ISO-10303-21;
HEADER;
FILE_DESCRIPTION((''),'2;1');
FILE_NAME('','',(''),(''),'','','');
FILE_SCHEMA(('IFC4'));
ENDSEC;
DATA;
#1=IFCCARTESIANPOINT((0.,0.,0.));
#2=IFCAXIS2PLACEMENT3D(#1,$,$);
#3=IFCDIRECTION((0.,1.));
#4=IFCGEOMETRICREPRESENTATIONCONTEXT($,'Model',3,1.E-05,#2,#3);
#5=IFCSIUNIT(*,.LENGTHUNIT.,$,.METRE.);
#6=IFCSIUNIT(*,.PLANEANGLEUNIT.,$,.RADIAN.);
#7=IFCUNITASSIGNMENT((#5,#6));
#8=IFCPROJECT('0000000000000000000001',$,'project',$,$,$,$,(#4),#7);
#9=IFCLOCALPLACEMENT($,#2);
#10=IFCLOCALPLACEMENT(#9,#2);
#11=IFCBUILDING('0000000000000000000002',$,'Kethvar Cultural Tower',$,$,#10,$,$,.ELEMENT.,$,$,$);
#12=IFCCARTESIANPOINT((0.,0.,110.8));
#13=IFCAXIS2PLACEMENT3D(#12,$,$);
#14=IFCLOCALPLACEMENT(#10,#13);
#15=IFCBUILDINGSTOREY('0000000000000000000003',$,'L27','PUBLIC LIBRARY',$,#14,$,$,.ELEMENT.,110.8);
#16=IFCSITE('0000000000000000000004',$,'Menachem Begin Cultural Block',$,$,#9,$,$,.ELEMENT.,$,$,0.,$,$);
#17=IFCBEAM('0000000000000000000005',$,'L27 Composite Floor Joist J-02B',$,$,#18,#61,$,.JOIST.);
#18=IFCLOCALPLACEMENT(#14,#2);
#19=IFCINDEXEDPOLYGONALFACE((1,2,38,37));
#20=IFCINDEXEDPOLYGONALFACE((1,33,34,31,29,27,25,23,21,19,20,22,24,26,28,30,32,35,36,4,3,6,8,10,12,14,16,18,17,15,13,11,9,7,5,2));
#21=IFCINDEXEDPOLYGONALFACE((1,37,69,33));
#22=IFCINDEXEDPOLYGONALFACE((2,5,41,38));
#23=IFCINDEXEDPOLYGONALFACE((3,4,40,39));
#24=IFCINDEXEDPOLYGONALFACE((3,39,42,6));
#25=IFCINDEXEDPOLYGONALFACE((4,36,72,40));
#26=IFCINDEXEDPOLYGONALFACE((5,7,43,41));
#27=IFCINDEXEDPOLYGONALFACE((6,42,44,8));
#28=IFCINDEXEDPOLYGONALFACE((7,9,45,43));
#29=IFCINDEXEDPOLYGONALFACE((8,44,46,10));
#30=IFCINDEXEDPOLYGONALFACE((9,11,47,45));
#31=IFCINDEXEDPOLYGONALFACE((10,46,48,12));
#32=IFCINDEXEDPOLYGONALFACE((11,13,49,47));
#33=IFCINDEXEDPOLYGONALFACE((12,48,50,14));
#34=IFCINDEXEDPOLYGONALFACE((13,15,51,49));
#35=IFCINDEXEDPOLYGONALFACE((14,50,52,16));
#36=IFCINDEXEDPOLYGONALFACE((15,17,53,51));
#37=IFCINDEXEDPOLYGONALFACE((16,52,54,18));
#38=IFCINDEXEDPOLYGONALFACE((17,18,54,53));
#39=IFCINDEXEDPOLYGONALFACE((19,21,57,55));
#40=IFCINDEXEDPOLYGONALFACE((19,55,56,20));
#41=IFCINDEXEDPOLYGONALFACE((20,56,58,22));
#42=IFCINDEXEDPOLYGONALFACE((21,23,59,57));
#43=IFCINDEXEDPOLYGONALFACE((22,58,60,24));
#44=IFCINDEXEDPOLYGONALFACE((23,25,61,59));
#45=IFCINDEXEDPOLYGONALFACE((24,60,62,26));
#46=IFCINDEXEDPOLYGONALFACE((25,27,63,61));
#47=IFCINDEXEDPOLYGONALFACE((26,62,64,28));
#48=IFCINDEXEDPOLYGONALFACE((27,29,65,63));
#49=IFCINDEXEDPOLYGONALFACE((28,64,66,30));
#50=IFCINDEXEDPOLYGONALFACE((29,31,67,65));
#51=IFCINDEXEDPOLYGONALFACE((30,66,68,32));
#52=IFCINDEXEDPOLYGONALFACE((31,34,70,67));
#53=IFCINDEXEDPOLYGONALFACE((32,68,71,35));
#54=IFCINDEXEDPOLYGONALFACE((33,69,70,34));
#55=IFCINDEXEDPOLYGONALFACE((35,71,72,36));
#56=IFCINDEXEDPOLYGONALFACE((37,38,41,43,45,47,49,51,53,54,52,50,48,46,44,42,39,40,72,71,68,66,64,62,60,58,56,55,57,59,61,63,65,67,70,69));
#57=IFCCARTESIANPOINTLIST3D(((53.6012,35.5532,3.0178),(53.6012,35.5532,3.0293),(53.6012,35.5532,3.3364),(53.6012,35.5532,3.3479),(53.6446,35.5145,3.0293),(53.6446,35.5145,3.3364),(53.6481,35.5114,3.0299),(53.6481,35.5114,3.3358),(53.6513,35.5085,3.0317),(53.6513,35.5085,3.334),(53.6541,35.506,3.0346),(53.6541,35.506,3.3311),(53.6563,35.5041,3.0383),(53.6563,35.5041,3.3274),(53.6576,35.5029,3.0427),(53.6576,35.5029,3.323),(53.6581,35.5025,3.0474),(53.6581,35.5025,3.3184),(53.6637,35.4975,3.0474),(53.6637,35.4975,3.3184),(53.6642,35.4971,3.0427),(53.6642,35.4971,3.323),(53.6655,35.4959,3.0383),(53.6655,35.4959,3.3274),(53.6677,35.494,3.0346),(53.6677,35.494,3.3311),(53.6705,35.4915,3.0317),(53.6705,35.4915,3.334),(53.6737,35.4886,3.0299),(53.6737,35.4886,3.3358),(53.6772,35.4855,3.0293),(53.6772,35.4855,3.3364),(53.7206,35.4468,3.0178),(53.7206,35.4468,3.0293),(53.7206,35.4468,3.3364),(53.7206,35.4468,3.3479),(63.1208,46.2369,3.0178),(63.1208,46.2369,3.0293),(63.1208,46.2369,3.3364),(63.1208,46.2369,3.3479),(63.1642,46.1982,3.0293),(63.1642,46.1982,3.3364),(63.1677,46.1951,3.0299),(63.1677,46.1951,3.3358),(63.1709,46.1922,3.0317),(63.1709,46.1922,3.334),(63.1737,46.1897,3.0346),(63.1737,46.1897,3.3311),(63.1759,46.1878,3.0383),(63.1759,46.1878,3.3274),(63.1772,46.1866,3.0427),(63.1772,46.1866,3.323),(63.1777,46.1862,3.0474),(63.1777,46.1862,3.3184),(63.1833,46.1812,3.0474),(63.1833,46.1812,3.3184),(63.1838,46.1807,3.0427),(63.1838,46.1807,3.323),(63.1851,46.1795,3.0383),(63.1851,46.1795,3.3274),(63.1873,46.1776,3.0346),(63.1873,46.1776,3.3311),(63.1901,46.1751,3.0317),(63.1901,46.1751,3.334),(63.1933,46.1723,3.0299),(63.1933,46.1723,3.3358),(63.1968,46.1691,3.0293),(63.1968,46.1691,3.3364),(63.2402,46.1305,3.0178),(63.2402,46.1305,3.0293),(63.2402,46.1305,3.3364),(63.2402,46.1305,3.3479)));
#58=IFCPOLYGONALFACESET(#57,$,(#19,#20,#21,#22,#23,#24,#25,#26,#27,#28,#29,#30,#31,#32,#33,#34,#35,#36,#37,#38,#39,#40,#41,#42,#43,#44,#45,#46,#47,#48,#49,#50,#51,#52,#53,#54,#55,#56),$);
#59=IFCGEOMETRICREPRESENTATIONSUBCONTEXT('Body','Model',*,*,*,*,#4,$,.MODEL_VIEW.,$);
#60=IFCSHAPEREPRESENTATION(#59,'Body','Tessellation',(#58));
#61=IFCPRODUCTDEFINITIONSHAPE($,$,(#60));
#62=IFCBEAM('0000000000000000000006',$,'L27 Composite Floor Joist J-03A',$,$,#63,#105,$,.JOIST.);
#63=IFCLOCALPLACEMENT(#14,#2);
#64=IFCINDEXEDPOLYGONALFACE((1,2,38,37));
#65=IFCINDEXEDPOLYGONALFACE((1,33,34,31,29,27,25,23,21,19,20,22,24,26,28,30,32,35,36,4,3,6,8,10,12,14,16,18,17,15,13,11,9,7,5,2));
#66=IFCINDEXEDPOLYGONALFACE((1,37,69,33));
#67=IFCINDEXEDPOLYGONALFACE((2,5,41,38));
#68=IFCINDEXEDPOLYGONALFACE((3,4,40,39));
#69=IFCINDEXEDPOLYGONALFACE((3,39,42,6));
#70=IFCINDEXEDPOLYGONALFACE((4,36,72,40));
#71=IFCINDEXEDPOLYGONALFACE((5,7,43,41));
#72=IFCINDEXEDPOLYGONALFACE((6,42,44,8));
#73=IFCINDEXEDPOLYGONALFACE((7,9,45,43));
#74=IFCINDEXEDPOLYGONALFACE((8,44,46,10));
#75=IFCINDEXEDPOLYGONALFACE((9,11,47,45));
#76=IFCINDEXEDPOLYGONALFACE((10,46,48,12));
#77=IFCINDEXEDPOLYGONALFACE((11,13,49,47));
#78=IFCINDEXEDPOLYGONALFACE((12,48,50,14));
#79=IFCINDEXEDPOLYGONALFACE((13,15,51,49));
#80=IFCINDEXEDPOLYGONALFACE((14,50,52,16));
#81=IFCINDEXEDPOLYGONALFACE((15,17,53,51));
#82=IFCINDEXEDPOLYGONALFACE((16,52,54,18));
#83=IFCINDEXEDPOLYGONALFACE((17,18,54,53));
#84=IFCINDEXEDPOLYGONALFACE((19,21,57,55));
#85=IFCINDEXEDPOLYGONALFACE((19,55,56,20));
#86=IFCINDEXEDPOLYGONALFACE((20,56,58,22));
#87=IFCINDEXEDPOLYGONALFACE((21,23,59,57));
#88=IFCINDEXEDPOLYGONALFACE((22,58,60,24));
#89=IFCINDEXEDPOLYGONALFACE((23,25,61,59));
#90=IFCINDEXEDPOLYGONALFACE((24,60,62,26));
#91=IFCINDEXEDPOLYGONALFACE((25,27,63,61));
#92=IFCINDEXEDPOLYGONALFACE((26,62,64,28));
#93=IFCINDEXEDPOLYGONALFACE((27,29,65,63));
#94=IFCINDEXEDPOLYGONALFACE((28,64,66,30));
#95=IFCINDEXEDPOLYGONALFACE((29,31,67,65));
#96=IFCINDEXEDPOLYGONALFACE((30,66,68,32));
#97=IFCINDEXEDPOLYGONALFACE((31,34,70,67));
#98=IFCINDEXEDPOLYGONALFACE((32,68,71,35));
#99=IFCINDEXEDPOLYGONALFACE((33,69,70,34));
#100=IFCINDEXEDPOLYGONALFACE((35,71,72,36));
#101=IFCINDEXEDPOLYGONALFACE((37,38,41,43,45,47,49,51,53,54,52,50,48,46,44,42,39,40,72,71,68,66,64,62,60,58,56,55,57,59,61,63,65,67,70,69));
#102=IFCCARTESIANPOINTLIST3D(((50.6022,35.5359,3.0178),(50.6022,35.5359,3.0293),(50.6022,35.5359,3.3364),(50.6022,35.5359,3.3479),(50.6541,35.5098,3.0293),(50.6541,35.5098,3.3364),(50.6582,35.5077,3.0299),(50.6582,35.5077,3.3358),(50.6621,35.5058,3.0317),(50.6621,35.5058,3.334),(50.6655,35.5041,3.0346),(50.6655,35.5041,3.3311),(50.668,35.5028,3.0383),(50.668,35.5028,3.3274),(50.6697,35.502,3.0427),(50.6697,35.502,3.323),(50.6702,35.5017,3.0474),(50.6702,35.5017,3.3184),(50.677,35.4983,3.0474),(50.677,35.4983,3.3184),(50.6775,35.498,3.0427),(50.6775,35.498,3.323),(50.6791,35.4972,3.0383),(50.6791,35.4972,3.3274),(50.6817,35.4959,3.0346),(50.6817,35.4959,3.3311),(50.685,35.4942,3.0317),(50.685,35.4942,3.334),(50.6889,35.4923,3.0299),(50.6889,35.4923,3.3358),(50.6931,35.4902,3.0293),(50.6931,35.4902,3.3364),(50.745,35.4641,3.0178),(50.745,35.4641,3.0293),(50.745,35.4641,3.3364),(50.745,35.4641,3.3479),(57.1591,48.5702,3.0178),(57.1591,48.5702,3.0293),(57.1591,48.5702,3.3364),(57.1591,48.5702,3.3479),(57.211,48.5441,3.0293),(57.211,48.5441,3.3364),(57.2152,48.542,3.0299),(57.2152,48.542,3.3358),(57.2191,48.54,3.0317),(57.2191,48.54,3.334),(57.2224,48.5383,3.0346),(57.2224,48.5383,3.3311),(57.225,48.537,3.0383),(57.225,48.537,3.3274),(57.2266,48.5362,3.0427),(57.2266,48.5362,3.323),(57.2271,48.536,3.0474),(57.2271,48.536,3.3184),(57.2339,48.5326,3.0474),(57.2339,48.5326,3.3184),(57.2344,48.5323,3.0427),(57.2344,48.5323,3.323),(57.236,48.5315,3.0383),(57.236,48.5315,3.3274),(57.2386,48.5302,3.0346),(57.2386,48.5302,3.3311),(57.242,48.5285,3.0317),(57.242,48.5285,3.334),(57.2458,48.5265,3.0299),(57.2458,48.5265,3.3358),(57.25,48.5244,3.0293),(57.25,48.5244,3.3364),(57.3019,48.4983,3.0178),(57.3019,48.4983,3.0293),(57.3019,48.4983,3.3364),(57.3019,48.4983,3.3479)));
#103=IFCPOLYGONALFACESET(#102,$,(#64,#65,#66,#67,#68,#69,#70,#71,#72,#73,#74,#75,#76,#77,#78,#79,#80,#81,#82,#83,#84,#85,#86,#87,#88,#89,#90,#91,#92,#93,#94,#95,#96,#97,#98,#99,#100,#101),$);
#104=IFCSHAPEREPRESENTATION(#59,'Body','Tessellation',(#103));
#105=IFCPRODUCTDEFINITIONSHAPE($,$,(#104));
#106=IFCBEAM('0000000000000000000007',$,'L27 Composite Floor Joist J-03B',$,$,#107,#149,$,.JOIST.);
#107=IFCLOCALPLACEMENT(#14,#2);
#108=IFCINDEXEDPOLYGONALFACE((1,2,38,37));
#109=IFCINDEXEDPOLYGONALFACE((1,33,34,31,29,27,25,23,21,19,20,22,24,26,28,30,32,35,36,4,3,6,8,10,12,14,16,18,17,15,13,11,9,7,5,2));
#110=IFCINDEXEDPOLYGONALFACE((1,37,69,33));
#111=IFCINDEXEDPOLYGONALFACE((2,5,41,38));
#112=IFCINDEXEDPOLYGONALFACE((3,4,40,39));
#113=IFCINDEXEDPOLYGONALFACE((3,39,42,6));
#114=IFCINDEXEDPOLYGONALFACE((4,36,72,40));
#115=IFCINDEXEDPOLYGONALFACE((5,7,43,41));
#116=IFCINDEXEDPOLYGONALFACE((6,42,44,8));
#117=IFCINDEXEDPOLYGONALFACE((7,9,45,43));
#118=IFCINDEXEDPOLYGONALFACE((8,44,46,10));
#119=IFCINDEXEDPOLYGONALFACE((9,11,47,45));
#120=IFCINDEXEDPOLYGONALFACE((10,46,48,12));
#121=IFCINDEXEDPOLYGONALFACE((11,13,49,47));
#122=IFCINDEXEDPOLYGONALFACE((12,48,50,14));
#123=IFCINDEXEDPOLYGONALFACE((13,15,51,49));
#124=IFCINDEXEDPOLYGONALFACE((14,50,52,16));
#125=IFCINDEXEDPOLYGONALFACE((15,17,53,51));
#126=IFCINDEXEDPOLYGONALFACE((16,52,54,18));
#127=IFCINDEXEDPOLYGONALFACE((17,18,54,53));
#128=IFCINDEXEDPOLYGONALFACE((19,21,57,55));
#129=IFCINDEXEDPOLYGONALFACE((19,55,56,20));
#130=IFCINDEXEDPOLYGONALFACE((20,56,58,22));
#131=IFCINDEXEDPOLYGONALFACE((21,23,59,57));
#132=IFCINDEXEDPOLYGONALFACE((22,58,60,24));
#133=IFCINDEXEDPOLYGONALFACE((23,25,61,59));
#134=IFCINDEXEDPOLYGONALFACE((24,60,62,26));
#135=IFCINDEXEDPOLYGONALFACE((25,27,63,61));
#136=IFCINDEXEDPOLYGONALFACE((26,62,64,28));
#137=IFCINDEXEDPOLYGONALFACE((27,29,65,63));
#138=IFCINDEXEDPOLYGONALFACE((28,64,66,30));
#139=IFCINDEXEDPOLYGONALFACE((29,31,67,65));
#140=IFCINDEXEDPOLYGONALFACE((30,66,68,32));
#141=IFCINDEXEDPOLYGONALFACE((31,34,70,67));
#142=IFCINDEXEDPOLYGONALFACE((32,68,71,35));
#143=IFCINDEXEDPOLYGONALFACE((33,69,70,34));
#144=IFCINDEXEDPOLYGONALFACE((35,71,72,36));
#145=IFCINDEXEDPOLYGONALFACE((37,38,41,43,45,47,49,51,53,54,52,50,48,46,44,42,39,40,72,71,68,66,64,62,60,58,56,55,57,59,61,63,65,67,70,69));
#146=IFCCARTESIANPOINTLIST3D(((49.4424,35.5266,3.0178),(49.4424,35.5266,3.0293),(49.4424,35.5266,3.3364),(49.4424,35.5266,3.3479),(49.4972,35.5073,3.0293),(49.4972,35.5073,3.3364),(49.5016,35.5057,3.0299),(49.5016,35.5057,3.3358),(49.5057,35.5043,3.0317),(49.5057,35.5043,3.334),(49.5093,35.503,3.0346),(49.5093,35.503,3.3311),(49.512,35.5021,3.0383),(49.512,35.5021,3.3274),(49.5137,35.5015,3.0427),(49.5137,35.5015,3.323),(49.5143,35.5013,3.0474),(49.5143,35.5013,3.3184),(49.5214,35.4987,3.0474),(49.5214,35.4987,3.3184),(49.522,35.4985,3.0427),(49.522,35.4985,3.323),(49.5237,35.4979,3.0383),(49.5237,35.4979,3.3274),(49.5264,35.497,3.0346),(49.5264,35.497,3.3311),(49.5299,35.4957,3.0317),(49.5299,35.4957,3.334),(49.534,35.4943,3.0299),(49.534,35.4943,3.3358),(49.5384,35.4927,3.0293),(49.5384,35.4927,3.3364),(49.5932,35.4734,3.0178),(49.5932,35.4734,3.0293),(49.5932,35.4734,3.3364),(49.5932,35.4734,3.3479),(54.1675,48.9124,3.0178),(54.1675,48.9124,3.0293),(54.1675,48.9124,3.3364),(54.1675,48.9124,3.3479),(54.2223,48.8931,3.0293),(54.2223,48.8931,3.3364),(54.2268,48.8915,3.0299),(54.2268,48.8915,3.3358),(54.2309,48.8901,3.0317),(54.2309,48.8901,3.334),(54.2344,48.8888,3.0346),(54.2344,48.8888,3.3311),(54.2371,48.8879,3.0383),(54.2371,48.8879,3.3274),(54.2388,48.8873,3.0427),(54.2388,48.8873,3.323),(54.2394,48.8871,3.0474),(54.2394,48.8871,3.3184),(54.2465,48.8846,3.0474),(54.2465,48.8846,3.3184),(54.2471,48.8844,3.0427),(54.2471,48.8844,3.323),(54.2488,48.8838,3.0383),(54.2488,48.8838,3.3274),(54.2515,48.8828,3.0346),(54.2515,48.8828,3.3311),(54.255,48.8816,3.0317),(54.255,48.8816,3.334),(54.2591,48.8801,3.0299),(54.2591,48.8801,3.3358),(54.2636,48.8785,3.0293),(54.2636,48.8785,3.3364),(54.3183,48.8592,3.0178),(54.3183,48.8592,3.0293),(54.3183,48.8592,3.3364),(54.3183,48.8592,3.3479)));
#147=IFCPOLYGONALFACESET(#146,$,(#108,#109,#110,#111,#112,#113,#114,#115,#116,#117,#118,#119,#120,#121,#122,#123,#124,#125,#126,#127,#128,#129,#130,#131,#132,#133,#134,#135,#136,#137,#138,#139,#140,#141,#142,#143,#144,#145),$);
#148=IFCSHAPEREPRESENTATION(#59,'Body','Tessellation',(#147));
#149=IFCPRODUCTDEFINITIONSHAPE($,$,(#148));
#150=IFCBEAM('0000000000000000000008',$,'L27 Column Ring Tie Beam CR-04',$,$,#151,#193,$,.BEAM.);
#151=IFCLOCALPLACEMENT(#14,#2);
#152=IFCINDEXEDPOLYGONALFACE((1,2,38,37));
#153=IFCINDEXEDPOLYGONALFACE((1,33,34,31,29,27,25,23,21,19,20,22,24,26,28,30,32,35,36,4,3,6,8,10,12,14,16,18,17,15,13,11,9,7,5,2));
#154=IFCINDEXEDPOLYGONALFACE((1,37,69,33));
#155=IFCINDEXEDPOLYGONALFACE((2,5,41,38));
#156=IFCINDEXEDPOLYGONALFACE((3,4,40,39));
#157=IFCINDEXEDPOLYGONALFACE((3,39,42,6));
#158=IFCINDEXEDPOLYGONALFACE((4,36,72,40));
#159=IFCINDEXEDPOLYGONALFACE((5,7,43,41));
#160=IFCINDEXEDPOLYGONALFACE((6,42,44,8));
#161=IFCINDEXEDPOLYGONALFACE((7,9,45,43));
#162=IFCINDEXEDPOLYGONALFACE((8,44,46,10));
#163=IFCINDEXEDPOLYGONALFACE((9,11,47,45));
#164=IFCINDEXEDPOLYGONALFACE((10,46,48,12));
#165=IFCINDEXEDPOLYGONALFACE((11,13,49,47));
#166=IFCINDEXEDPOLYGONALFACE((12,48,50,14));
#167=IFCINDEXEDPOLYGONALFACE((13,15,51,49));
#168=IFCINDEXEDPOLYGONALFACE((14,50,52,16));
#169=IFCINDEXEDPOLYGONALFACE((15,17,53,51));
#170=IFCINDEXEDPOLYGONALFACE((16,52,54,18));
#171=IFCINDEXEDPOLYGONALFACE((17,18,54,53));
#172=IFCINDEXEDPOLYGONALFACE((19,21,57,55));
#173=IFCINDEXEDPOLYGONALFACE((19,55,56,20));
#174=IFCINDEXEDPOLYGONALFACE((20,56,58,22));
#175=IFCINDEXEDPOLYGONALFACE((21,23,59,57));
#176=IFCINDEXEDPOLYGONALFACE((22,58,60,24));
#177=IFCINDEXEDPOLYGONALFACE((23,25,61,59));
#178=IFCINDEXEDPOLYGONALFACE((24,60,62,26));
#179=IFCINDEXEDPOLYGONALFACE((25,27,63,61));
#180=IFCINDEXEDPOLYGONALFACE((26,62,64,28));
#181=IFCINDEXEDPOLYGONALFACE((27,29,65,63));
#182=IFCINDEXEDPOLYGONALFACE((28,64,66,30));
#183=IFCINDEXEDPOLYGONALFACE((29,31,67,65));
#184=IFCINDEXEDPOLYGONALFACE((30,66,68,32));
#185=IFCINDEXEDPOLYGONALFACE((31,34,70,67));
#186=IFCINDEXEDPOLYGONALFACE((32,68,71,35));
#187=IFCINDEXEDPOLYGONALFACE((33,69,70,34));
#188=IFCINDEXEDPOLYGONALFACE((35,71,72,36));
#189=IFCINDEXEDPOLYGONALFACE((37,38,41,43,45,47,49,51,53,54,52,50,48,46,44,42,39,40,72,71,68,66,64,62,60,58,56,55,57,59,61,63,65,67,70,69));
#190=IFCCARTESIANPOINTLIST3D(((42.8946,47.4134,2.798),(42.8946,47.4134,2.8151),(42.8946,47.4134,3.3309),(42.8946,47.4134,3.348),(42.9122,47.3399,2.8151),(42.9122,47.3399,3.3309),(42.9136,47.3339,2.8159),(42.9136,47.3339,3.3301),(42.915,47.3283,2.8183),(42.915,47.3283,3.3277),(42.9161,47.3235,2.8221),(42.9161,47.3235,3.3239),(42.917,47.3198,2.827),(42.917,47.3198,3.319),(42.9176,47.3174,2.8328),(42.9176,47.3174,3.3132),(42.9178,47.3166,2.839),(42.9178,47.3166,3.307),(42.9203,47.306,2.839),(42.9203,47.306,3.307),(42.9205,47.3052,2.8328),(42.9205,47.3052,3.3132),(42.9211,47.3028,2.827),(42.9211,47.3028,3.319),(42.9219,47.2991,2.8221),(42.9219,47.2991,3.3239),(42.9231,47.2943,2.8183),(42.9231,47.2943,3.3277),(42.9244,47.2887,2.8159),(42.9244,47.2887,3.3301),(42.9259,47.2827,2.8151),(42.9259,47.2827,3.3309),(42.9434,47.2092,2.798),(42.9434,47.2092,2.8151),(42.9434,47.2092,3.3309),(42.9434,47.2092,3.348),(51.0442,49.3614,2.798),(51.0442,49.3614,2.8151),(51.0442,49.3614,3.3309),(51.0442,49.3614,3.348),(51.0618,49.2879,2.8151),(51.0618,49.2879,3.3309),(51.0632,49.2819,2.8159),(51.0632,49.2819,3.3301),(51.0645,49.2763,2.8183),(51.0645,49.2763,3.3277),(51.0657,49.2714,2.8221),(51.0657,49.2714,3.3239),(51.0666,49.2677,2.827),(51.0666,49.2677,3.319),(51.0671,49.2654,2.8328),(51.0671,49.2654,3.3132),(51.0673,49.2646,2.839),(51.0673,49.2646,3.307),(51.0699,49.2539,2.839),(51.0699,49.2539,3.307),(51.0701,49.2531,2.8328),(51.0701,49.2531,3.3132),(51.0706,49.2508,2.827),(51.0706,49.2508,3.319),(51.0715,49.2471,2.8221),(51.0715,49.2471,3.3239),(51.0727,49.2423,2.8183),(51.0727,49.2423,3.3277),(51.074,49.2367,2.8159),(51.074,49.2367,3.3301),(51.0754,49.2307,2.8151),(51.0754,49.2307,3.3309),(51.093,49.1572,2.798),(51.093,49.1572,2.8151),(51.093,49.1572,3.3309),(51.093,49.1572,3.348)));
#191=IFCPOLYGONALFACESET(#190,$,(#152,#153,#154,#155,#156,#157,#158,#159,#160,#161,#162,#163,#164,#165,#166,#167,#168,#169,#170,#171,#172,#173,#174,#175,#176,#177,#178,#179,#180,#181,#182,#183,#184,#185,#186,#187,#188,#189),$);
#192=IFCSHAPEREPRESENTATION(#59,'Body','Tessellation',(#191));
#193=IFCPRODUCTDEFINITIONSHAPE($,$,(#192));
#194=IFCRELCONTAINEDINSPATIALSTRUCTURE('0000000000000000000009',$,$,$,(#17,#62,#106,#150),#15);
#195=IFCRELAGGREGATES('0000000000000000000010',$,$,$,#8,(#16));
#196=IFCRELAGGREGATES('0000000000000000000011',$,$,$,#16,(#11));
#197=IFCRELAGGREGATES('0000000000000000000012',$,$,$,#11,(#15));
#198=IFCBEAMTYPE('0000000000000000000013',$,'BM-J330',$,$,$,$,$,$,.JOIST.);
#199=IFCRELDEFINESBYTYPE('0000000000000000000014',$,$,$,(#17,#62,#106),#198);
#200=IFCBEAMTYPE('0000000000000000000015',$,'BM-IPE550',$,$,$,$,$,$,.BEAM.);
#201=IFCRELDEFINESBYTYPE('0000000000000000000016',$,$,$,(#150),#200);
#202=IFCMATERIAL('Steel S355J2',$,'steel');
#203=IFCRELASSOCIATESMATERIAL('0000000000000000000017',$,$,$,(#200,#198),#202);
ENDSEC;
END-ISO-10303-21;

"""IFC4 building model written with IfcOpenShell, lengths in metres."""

from ifc_helpers import new_model, si_unit, direction, frame, origin, origin_2d, place, context, subcontext, project, spatial, i_section, extrude, source, transform, mapped, material, material_profile, profile_set, type_object, element, save


model = new_model("IFC4")

# Units and contexts
model_context = context("Model", 3, precision=1e-05, world=origin(), true_north=direction((0.0, 1.0)))
body_context = subcontext(model_context, "Body", "Model", "MODEL_VIEW")
ifc_project = project(units=[si_unit("LENGTHUNIT", "METRE"), si_unit("PLANEANGLEUNIT", "RADIAN")], contexts=[model_context])

# Site, building, storey
site_placement = place(None, origin())
site = spatial("IfcSite", under=ifc_project, at=site_placement, Name="Menachem Begin Cultural Block", CompositionType="ELEMENT", RefElevation=0.0)
building_placement = place(site_placement, origin())
building = spatial("IfcBuilding", under=site, at=building_placement, Name="Kethvar Cultural Tower", CompositionType="ELEMENT")
storey_placement = place(building_placement, frame((0.0, 0.0, 110.8)))
storey = spatial("IfcBuildingStorey", under=building, at=storey_placement, Name="L27", Description="PUBLIC LIBRARY", CompositionType="ELEMENT", Elevation=110.8)

# Beams
ifc_material_1 = material(Name="Steel S355J2", Category="steel")
ifc_material_profile_1 = material_profile(ifc_material_1, i_section(OverallWidth=0.21, OverallDepth=0.55, WebThickness=0.011, FlangeThickness=0.0171, FilletRadius=0.0239, at=origin_2d()), Name="Steel S355J2 — IPE550")
ifc_profile_set_1 = profile_set([ifc_material_profile_1], Name="Steel S355J2 — IPE550")
beam_type_1 = type_object("IfcBeamType", Name="BM-IPE550", PredefinedType="BEAM", material=ifc_profile_set_1)
ifc_material_profile_2 = material_profile(ifc_material_1, i_section(OverallWidth=0.1599, OverallDepth=0.3301, WebThickness=0.0076, FlangeThickness=0.0115, FilletRadius=0.0181, at=origin_2d()), Name="Steel S355J2 — IPE330")
ifc_profile_set_2 = profile_set([ifc_material_profile_2], Name="Steel S355J2 — IPE330")
beam_type_2 = type_object("IfcBeamType", Name="BM-J330", PredefinedType="JOIST", material=ifc_profile_set_2)
shared_shape_1 = source(origin(), body_context, "Body", "SweptSolid", [
    extrude(i_section(OverallWidth=0.1599, OverallDepth=0.3301, WebThickness=0.0076, FlangeThickness=0.0115, FilletRadius=0.0181, at=origin_2d()), origin(), (0.0, 0.0, 1.0), 14.3096),
])
beam_1_placement = place(storey_placement, frame((53.6609, 35.5, 3.1829), z_axis=(0.665261, 0.746611, 0.0), x_axis=(-0.746611, 0.665261, 0.0)))
element("IfcBeam", 1, at=beam_1_placement, inside=storey, type_object=beam_type_2, Name="L27 Composite Floor Joist J-02B", PredefinedType="JOIST", context=body_context, shape_type="MappedRepresentation", body=[
    mapped(shared_shape_1, transform((0.0, 0.0, 0.0), scale=1.0)),
])
shared_shape_2 = source(origin(), body_context, "Body", "SweptSolid", [
    extrude(i_section(OverallWidth=0.1599, OverallDepth=0.3301, WebThickness=0.0076, FlangeThickness=0.0115, FilletRadius=0.0181, at=origin_2d()), origin(), (0.0, 0.0, 1.0), 14.5906),
])
beam_2_placement = place(storey_placement, frame((50.6736, 35.5, 3.1829), z_axis=(0.449394, 0.893334, 0.0), x_axis=(-0.893334, 0.449394, 0.0)))
element("IfcBeam", 2, at=beam_2_placement, inside=storey, type_object=beam_type_2, Name="L27 Composite Floor Joist J-03A", PredefinedType="JOIST", context=body_context, shape_type="MappedRepresentation", body=[
    mapped(shared_shape_2, transform((0.0, 0.0, 0.0), scale=1.0)),
])
shared_shape_3 = source(origin(), body_context, "Body", "SweptSolid", [
    extrude(i_section(OverallWidth=0.1599, OverallDepth=0.3301, WebThickness=0.0076, FlangeThickness=0.0115, FilletRadius=0.0181, at=origin_2d()), origin(), (0.0, 0.0, 1.0), 14.1953),
])
beam_3_placement = place(storey_placement, frame((49.5178, 35.5, 3.1829), z_axis=(0.332865, 0.942974, 0.0), x_axis=(-0.942974, 0.332865, 0.0)))
element("IfcBeam", 3, at=beam_3_placement, inside=storey, type_object=beam_type_2, Name="L27 Composite Floor Joist J-03B", PredefinedType="JOIST", context=body_context, shape_type="MappedRepresentation", body=[
    mapped(shared_shape_3, transform((0.0, 0.0, 0.0), scale=1.0)),
])
shared_shape_4 = source(origin(), body_context, "Body", "SweptSolid", [
    extrude(i_section(OverallWidth=0.21, OverallDepth=0.55, WebThickness=0.011, FlangeThickness=0.0171, FilletRadius=0.0239, at=origin_2d()), origin(), (0.0, 0.0, 1.0), 8.3792),
])
beam_4_placement = place(storey_placement, frame((51.0686, 49.2593, 3.073), z_axis=(-0.972601, -0.232479, 0.0), x_axis=(0.232479, -0.972601, 0.0)))
element("IfcBeam", 4, at=beam_4_placement, inside=storey, type_object=beam_type_1, Name="L27 Column Ring Tie Beam CR-04", PredefinedType="BEAM", context=body_context, shape_type="MappedRepresentation", body=[
    mapped(shared_shape_4, transform((0.0, 0.0, 0.0), scale=1.0)),
])

save(model, "model.ifc")
